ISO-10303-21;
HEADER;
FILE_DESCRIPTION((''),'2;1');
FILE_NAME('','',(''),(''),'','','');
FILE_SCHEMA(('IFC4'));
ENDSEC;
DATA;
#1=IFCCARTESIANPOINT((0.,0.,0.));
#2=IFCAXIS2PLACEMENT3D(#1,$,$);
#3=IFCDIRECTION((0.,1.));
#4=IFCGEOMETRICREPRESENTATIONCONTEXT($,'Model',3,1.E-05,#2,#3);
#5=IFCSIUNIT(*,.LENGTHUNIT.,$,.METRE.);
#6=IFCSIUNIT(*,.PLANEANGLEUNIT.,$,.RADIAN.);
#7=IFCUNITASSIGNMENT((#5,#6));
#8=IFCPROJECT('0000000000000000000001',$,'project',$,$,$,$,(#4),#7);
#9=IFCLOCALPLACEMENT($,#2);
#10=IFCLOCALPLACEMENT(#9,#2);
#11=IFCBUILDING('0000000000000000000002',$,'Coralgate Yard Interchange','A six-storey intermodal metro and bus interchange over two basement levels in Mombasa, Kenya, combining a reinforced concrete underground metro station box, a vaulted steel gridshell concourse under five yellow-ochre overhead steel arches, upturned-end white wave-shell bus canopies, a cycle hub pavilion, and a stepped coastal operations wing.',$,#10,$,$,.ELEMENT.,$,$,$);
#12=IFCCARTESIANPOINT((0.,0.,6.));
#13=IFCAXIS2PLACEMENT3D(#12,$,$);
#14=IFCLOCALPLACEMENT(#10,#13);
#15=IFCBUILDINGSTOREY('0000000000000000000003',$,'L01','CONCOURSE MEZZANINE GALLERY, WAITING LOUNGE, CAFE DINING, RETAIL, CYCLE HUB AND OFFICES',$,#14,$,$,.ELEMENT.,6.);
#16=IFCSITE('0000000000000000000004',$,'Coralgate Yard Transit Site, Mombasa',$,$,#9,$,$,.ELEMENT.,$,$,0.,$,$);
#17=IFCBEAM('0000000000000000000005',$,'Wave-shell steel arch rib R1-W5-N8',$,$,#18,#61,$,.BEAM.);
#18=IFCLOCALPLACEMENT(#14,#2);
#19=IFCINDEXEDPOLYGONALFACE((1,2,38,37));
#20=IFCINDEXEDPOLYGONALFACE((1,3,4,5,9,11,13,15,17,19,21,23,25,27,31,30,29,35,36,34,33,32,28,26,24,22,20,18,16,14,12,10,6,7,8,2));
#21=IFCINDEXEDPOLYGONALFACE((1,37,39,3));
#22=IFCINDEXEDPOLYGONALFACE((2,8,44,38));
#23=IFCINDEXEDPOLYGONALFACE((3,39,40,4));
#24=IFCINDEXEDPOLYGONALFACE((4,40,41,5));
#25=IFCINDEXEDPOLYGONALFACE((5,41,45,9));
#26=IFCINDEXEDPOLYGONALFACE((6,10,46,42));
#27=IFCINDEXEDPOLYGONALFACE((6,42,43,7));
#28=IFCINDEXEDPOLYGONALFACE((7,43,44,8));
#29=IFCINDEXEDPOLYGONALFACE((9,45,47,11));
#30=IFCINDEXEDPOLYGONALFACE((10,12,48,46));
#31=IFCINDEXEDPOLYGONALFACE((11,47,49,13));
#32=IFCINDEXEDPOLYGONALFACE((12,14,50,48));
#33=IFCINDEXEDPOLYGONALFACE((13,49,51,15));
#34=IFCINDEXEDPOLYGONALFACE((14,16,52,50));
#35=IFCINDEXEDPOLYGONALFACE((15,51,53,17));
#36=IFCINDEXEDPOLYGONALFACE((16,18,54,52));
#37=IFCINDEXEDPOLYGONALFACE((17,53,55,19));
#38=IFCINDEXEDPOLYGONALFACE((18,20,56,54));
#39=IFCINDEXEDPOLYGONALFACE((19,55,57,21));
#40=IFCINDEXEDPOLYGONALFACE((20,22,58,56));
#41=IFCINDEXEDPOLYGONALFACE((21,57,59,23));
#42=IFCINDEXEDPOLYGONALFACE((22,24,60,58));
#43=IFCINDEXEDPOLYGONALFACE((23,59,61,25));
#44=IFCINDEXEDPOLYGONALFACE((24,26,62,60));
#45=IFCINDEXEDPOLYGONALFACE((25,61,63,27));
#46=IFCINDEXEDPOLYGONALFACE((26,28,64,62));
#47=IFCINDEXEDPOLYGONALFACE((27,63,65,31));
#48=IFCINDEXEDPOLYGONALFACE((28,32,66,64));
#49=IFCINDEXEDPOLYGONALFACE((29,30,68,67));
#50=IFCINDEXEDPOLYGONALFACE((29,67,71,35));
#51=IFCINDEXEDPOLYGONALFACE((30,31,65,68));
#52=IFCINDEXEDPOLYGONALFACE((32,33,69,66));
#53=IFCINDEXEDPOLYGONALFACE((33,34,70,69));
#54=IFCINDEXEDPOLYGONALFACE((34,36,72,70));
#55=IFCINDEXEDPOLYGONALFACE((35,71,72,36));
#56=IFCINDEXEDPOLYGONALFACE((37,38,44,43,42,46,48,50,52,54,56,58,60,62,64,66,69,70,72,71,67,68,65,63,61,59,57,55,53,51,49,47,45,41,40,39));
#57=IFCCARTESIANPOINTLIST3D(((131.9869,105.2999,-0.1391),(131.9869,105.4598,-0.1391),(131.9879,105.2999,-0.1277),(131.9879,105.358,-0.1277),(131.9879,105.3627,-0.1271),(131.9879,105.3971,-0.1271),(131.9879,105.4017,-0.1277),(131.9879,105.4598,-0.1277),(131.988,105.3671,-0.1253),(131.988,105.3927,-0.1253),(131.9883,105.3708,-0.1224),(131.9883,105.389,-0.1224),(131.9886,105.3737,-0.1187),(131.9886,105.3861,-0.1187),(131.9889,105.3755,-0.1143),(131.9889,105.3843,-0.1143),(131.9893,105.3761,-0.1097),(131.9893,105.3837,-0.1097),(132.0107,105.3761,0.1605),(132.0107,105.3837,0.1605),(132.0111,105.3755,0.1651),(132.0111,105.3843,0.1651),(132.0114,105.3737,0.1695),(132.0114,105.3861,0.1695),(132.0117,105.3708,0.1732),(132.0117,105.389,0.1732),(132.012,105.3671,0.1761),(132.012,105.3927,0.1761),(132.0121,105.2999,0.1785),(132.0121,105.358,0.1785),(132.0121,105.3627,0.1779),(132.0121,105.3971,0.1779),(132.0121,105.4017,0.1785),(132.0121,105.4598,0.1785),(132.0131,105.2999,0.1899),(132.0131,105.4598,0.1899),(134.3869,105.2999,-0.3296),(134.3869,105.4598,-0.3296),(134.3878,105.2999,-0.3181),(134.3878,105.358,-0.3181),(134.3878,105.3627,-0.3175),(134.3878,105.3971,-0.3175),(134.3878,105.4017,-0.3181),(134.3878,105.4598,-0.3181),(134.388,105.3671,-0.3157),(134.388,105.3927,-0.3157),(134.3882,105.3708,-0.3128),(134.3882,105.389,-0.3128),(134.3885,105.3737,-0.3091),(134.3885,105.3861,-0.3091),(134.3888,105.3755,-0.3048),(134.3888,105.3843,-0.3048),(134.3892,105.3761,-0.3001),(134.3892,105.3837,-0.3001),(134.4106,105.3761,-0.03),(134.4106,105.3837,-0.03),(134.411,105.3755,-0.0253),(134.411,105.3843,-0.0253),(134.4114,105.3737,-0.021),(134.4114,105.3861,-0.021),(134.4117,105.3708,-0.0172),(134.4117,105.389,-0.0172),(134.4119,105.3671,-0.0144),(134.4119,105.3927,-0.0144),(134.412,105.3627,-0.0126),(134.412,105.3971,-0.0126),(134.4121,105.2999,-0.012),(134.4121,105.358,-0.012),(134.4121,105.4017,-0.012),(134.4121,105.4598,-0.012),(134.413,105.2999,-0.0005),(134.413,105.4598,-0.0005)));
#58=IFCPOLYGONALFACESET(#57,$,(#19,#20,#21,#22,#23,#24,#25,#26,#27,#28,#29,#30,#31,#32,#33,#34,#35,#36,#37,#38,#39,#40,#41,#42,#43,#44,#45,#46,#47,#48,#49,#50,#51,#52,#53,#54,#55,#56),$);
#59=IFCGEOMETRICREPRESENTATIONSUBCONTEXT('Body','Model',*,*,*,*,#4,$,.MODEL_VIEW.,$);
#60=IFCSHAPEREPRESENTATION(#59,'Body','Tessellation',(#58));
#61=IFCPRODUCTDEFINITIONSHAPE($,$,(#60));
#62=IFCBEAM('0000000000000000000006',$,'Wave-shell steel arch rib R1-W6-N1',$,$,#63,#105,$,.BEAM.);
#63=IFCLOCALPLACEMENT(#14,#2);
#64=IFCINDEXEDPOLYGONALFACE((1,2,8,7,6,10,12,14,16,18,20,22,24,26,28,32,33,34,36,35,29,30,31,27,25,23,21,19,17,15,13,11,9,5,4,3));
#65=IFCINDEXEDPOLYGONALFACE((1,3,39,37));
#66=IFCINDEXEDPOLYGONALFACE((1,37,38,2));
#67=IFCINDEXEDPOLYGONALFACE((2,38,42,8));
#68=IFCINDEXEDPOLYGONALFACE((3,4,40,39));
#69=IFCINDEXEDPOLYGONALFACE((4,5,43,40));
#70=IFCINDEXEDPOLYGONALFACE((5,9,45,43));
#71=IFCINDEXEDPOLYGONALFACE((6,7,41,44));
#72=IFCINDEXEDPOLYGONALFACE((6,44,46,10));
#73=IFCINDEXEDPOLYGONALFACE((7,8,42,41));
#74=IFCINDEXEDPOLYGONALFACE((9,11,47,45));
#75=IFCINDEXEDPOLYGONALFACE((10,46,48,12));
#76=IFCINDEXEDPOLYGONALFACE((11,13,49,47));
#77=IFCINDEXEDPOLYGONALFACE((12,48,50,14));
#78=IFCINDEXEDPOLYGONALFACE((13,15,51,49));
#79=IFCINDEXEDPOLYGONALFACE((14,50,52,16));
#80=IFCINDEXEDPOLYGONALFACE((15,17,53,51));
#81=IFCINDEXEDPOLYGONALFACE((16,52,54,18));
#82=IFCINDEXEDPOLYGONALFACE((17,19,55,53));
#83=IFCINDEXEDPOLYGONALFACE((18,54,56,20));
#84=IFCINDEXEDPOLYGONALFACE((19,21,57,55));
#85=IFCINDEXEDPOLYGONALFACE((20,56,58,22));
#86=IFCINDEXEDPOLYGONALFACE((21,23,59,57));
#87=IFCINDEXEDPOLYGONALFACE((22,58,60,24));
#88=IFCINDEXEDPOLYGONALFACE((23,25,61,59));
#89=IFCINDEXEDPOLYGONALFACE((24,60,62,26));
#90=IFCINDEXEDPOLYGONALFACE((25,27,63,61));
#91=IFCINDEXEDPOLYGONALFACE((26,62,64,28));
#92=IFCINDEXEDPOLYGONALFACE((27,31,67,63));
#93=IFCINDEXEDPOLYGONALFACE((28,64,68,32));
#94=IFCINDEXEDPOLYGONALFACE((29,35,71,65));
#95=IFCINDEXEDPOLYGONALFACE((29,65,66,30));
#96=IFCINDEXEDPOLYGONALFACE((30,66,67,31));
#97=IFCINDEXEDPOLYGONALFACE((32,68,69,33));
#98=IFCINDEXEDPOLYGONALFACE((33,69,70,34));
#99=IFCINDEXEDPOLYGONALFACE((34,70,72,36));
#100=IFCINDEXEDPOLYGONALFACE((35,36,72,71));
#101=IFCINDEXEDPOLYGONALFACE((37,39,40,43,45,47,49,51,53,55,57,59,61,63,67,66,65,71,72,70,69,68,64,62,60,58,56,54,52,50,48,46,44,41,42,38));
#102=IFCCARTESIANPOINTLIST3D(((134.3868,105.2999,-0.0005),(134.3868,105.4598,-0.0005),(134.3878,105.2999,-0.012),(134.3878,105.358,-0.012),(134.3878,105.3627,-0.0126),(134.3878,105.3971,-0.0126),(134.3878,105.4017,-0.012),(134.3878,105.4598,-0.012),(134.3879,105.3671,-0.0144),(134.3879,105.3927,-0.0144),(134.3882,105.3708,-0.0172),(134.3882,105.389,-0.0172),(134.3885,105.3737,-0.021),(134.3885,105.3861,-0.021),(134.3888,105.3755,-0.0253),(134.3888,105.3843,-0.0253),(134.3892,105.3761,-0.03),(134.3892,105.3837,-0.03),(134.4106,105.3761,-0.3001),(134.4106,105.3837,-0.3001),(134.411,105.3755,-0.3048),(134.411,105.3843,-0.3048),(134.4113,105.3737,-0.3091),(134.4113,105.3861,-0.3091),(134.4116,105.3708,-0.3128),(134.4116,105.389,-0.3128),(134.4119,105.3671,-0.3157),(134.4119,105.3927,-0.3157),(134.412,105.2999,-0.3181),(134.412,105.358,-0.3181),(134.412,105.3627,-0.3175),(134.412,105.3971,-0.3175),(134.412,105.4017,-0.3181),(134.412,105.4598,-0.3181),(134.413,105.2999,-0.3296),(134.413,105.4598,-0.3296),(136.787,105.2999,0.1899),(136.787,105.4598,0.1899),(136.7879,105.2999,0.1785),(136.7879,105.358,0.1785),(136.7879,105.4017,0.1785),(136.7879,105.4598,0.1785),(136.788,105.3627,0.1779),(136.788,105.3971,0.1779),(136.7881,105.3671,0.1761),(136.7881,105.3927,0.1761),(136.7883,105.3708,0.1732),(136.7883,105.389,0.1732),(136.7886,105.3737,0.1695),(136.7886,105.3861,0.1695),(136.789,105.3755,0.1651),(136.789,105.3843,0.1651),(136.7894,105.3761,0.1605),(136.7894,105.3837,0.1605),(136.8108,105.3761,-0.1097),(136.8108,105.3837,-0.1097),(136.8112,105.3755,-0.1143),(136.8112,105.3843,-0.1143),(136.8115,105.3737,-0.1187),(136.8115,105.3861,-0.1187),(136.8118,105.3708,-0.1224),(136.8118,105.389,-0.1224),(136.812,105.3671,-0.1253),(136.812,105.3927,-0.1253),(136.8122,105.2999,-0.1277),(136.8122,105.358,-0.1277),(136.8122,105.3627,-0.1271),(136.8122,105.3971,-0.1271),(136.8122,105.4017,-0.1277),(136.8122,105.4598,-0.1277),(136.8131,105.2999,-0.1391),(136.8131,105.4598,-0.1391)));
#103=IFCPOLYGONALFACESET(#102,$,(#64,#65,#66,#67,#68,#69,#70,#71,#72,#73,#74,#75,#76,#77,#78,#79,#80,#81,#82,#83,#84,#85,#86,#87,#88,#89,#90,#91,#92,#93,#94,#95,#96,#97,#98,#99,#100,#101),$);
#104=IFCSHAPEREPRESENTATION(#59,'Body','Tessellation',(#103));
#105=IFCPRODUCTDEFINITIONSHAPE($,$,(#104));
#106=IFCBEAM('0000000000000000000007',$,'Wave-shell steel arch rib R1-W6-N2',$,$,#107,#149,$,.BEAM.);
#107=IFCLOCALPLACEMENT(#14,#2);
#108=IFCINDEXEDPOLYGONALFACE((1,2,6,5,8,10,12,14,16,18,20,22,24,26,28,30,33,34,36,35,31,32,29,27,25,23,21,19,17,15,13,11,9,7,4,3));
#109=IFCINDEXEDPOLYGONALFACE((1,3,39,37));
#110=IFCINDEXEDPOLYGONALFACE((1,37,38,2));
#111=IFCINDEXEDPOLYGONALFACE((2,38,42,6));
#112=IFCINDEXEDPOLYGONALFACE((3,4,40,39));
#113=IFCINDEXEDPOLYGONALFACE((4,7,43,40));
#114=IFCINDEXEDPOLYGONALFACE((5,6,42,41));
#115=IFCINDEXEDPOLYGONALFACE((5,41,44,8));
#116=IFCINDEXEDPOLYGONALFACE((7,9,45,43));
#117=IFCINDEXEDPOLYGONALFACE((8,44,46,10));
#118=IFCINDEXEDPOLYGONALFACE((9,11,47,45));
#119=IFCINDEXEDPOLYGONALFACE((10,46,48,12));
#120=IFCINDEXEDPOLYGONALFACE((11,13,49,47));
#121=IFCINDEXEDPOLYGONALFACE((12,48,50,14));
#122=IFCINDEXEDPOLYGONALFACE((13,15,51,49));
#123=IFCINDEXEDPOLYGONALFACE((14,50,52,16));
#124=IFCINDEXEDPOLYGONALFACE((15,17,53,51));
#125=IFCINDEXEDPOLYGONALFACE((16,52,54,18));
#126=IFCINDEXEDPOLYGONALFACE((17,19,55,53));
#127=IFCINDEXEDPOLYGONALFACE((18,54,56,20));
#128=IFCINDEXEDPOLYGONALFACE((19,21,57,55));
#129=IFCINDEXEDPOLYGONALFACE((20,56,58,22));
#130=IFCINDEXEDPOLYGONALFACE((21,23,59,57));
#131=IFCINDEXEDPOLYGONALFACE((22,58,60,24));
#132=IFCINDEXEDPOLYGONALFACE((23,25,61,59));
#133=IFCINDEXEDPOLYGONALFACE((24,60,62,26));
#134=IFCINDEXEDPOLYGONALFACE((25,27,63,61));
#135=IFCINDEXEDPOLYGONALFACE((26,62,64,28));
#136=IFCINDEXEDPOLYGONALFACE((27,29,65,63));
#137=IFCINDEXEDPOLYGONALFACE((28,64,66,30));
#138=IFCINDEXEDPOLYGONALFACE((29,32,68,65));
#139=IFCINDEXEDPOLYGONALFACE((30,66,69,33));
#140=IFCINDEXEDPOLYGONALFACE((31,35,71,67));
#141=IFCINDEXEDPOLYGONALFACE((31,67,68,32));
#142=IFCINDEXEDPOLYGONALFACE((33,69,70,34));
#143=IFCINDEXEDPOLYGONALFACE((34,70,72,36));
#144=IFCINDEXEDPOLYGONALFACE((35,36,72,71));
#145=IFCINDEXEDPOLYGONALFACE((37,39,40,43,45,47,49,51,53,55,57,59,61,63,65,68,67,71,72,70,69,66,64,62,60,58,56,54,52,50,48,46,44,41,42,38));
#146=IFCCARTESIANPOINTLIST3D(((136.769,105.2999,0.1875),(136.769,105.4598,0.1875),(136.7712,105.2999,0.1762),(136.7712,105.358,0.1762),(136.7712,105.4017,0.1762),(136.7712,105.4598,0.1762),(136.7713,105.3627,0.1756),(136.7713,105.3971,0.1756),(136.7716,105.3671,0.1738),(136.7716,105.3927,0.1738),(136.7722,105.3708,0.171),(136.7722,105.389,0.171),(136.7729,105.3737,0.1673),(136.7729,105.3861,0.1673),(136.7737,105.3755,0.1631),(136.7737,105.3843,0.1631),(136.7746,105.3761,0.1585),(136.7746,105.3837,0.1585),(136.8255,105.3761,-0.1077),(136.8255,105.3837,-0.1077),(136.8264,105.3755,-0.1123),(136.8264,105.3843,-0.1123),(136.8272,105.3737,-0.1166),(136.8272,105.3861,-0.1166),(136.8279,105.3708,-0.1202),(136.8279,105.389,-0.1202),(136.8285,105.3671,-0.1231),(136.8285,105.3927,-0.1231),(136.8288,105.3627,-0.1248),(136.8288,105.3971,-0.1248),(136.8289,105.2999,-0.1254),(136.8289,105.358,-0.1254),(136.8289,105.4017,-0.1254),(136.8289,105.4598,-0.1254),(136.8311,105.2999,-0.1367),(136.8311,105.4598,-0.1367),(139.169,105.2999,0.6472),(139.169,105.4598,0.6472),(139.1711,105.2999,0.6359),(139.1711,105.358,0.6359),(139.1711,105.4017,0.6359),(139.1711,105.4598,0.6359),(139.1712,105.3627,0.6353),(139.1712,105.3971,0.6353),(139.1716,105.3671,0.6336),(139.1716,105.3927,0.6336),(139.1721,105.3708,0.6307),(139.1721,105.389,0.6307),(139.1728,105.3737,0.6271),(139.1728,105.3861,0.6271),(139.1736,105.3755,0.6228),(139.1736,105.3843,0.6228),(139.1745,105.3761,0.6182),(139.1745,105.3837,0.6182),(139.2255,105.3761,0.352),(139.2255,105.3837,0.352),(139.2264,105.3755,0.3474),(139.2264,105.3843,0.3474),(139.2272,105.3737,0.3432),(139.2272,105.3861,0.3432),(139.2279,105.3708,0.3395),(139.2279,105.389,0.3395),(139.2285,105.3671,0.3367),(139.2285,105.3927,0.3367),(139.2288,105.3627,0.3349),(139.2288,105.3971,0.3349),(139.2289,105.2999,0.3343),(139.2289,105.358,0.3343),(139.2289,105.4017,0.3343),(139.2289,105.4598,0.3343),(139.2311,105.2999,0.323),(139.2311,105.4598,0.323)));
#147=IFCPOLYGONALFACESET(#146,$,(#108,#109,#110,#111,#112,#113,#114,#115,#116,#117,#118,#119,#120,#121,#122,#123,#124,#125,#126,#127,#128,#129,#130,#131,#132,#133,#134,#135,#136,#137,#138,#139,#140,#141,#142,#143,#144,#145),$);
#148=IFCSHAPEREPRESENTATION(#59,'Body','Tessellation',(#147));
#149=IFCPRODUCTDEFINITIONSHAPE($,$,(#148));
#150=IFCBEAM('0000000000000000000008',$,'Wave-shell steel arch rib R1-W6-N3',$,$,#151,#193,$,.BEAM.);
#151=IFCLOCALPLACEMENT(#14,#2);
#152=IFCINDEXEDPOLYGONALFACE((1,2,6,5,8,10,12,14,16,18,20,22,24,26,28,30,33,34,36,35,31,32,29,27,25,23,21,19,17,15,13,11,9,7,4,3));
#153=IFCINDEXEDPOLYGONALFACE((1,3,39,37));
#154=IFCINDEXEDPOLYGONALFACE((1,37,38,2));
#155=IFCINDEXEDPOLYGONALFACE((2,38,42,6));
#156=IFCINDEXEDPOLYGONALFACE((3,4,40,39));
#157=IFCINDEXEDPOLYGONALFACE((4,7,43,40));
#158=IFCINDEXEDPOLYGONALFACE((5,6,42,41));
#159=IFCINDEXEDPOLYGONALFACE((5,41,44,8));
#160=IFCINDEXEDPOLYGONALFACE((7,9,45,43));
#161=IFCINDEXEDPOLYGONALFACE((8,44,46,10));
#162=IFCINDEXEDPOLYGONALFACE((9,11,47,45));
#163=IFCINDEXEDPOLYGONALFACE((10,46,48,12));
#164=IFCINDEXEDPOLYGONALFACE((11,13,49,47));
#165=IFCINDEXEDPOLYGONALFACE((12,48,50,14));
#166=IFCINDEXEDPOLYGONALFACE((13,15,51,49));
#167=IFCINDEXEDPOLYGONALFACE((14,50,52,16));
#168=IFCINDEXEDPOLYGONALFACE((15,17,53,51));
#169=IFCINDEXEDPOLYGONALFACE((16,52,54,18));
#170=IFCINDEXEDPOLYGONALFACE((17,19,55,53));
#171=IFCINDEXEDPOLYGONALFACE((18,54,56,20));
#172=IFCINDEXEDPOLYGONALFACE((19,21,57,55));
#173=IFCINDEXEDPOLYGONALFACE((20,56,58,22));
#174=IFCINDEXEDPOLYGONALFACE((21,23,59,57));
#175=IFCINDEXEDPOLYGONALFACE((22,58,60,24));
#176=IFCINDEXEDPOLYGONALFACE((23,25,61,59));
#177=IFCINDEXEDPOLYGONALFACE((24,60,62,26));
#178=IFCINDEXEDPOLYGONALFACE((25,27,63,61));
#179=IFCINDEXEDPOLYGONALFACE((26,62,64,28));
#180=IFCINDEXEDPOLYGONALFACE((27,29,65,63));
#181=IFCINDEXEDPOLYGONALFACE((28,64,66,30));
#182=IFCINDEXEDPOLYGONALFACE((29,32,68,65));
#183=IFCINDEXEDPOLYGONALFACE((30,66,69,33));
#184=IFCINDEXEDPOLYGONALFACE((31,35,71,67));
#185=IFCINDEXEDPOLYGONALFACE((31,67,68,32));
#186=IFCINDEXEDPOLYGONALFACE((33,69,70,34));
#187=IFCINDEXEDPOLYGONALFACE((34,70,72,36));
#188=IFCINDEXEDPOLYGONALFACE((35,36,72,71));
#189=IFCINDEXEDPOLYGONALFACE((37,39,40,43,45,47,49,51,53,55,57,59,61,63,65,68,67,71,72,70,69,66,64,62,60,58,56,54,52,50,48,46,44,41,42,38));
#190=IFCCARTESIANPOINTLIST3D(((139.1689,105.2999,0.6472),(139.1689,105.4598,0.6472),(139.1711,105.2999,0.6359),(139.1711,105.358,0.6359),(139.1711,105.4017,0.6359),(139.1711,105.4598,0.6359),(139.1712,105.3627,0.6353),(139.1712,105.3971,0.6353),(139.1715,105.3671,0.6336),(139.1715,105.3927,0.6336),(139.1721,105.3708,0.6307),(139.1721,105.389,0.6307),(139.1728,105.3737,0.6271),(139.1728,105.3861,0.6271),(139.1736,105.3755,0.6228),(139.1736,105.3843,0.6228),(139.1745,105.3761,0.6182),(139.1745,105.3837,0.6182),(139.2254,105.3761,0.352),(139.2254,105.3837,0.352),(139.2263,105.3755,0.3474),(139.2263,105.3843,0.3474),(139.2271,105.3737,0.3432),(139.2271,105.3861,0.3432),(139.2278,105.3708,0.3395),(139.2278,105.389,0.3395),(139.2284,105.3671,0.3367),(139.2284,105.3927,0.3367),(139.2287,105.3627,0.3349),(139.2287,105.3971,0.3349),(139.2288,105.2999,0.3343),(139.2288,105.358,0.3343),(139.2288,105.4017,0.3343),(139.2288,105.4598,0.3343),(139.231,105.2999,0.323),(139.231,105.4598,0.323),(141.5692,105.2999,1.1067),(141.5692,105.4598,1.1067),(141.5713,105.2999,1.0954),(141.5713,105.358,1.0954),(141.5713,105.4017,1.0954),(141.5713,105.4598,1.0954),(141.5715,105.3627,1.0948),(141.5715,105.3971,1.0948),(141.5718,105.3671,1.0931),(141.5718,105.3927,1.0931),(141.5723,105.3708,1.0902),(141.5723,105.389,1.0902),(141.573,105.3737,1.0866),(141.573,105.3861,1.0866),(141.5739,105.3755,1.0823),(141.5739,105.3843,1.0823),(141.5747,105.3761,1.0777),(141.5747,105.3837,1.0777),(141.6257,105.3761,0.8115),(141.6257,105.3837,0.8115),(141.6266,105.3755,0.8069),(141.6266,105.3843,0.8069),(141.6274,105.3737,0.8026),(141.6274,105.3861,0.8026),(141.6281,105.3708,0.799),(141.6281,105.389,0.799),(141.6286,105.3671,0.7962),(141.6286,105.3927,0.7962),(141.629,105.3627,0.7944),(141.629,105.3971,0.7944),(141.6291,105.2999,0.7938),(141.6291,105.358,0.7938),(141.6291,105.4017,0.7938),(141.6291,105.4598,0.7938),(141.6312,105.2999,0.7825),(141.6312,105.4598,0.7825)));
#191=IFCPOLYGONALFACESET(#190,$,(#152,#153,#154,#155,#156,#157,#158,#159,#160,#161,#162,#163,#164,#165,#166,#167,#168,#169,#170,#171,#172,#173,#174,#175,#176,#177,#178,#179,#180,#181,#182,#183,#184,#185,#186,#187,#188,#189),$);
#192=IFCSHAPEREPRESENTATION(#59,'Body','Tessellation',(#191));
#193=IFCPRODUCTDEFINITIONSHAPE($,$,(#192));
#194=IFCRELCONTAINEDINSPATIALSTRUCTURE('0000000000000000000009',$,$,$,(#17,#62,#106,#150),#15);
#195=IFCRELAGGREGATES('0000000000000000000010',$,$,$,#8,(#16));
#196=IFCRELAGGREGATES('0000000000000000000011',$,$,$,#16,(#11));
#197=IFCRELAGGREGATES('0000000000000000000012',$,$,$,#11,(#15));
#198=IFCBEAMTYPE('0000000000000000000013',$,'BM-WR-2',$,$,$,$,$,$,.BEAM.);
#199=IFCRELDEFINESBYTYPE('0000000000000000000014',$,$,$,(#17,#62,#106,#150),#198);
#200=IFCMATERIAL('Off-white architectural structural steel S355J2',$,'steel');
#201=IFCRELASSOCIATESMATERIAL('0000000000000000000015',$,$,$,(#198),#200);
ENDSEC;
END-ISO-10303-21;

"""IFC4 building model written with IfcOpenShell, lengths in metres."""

from ifc_helpers import new_model, si_unit, direction, frame, origin, origin_2d, place, context, subcontext, project, spatial, i_section, extrude, material, material_profile, profile_set, type_object, element, save


model = new_model("IFC4")

# Units and contexts
model_context = context("Model", 3, precision=1e-05, world=origin(), true_north=direction((0.0, 1.0)))
body_context = subcontext(model_context, "Body", "Model", "MODEL_VIEW")
ifc_project = project(units=[si_unit("LENGTHUNIT", "METRE"), si_unit("PLANEANGLEUNIT", "RADIAN")], contexts=[model_context])

# Site, building, storey
site_placement = place(None, origin())
site = spatial("IfcSite", under=ifc_project, at=site_placement, Name="Coralgate Yard Transit Site, Mombasa", CompositionType="ELEMENT", RefElevation=0.0)
building_placement = place(site_placement, origin())
building = spatial("IfcBuilding", under=site, at=building_placement, Name="Coralgate Yard Interchange", Description="A six-storey intermodal metro and bus interchange over two basement levels in Mombasa, Kenya, combining a reinforced concrete underground metro station box, a vaulted steel gridshell concourse under five yellow-ochre overhead steel arches, upturned-end white wave-shell bus canopies, a cycle hub pavilion, and a stepped coastal operations wing.", CompositionType="ELEMENT")
storey_placement = place(building_placement, frame((0.0, 0.0, 6.0)))
storey = spatial("IfcBuildingStorey", under=building, at=storey_placement, Name="L01", Description="CONCOURSE MEZZANINE GALLERY, WAITING LOUNGE, CAFE DINING, RETAIL, CYCLE HUB AND OFFICES", CompositionType="ELEMENT", Elevation=6.0)

# Beams
ifc_material_1 = material(Name="Off-white architectural structural steel S355J2", Category="steel")
ifc_material_profile_1 = material_profile(ifc_material_1, i_section(OverallWidth=0.1599, OverallDepth=0.3301, WebThickness=0.0076, FlangeThickness=0.0115, FilletRadius=0.0181, at=origin_2d()), Name="IPE 330")
ifc_profile_set_1 = profile_set([ifc_material_profile_1], Name="Off-white architectural structural steel S355J2")
beam_type_1 = type_object("IfcBeamType", Name="BM-WR-2", PredefinedType="BEAM", material=ifc_profile_set_1)
beam_1_placement = place(storey_placement, frame((132.0, 105.3799, 0.0254), z_axis=(0.996867, 0.0, -0.0791), x_axis=(0.0, 1.0, 0.0)))
element("IfcBeam", 1, at=beam_1_placement, inside=storey, type_object=beam_type_1, Name="Wave-shell steel arch rib R1-W5-N8", PredefinedType="BEAM", context=body_context, shape_type="SweptSolid", body=[
    extrude(i_section(OverallWidth=0.1599, OverallDepth=0.3301, WebThickness=0.0076, FlangeThickness=0.0115, FilletRadius=0.0181, at=origin_2d()), origin(), (0.0, 0.0, 1.0), 2.4075),
])
beam_2_placement = place(storey_placement, frame((134.3999, 105.3799, -0.165), z_axis=(0.996867, 0.0, 0.079092), x_axis=(0.0, 1.0, 0.0)))
element("IfcBeam", 2, at=beam_2_placement, inside=storey, type_object=beam_type_1, Name="Wave-shell steel arch rib R1-W6-N1", PredefinedType="BEAM", context=body_context, shape_type="SweptSolid", body=[
    extrude(i_section(OverallWidth=0.1599, OverallDepth=0.3301, WebThickness=0.0076, FlangeThickness=0.0115, FilletRadius=0.0181, at=origin_2d()), origin(), (0.0, 0.0, 1.0), 2.4077),
])
beam_3_placement = place(storey_placement, frame((136.8, 105.3799, 0.0254), z_axis=(0.982143, 0.0, 0.188136), x_axis=(0.0, 1.0, 0.0)))
element("IfcBeam", 3, at=beam_3_placement, inside=storey, type_object=beam_type_1, Name="Wave-shell steel arch rib R1-W6-N2", PredefinedType="BEAM", context=body_context, shape_type="SweptSolid", body=[
    extrude(i_section(OverallWidth=0.1599, OverallDepth=0.3301, WebThickness=0.0076, FlangeThickness=0.0115, FilletRadius=0.0181, at=origin_2d()), origin(), (0.0, 0.0, 1.0), 2.4436),
])
beam_4_placement = place(storey_placement, frame((139.2, 105.3799, 0.4851), z_axis=(0.982165, 0.0, 0.188021), x_axis=(0.0, 1.0, 0.0)))
element("IfcBeam", 4, at=beam_4_placement, inside=storey, type_object=beam_type_1, Name="Wave-shell steel arch rib R1-W6-N3", PredefinedType="BEAM", context=body_context, shape_type="SweptSolid", body=[
    extrude(i_section(OverallWidth=0.1599, OverallDepth=0.3301, WebThickness=0.0076, FlangeThickness=0.0115, FilletRadius=0.0181, at=origin_2d()), origin(), (0.0, 0.0, 1.0), 2.4438),
])

save(model, "model.ifc")
